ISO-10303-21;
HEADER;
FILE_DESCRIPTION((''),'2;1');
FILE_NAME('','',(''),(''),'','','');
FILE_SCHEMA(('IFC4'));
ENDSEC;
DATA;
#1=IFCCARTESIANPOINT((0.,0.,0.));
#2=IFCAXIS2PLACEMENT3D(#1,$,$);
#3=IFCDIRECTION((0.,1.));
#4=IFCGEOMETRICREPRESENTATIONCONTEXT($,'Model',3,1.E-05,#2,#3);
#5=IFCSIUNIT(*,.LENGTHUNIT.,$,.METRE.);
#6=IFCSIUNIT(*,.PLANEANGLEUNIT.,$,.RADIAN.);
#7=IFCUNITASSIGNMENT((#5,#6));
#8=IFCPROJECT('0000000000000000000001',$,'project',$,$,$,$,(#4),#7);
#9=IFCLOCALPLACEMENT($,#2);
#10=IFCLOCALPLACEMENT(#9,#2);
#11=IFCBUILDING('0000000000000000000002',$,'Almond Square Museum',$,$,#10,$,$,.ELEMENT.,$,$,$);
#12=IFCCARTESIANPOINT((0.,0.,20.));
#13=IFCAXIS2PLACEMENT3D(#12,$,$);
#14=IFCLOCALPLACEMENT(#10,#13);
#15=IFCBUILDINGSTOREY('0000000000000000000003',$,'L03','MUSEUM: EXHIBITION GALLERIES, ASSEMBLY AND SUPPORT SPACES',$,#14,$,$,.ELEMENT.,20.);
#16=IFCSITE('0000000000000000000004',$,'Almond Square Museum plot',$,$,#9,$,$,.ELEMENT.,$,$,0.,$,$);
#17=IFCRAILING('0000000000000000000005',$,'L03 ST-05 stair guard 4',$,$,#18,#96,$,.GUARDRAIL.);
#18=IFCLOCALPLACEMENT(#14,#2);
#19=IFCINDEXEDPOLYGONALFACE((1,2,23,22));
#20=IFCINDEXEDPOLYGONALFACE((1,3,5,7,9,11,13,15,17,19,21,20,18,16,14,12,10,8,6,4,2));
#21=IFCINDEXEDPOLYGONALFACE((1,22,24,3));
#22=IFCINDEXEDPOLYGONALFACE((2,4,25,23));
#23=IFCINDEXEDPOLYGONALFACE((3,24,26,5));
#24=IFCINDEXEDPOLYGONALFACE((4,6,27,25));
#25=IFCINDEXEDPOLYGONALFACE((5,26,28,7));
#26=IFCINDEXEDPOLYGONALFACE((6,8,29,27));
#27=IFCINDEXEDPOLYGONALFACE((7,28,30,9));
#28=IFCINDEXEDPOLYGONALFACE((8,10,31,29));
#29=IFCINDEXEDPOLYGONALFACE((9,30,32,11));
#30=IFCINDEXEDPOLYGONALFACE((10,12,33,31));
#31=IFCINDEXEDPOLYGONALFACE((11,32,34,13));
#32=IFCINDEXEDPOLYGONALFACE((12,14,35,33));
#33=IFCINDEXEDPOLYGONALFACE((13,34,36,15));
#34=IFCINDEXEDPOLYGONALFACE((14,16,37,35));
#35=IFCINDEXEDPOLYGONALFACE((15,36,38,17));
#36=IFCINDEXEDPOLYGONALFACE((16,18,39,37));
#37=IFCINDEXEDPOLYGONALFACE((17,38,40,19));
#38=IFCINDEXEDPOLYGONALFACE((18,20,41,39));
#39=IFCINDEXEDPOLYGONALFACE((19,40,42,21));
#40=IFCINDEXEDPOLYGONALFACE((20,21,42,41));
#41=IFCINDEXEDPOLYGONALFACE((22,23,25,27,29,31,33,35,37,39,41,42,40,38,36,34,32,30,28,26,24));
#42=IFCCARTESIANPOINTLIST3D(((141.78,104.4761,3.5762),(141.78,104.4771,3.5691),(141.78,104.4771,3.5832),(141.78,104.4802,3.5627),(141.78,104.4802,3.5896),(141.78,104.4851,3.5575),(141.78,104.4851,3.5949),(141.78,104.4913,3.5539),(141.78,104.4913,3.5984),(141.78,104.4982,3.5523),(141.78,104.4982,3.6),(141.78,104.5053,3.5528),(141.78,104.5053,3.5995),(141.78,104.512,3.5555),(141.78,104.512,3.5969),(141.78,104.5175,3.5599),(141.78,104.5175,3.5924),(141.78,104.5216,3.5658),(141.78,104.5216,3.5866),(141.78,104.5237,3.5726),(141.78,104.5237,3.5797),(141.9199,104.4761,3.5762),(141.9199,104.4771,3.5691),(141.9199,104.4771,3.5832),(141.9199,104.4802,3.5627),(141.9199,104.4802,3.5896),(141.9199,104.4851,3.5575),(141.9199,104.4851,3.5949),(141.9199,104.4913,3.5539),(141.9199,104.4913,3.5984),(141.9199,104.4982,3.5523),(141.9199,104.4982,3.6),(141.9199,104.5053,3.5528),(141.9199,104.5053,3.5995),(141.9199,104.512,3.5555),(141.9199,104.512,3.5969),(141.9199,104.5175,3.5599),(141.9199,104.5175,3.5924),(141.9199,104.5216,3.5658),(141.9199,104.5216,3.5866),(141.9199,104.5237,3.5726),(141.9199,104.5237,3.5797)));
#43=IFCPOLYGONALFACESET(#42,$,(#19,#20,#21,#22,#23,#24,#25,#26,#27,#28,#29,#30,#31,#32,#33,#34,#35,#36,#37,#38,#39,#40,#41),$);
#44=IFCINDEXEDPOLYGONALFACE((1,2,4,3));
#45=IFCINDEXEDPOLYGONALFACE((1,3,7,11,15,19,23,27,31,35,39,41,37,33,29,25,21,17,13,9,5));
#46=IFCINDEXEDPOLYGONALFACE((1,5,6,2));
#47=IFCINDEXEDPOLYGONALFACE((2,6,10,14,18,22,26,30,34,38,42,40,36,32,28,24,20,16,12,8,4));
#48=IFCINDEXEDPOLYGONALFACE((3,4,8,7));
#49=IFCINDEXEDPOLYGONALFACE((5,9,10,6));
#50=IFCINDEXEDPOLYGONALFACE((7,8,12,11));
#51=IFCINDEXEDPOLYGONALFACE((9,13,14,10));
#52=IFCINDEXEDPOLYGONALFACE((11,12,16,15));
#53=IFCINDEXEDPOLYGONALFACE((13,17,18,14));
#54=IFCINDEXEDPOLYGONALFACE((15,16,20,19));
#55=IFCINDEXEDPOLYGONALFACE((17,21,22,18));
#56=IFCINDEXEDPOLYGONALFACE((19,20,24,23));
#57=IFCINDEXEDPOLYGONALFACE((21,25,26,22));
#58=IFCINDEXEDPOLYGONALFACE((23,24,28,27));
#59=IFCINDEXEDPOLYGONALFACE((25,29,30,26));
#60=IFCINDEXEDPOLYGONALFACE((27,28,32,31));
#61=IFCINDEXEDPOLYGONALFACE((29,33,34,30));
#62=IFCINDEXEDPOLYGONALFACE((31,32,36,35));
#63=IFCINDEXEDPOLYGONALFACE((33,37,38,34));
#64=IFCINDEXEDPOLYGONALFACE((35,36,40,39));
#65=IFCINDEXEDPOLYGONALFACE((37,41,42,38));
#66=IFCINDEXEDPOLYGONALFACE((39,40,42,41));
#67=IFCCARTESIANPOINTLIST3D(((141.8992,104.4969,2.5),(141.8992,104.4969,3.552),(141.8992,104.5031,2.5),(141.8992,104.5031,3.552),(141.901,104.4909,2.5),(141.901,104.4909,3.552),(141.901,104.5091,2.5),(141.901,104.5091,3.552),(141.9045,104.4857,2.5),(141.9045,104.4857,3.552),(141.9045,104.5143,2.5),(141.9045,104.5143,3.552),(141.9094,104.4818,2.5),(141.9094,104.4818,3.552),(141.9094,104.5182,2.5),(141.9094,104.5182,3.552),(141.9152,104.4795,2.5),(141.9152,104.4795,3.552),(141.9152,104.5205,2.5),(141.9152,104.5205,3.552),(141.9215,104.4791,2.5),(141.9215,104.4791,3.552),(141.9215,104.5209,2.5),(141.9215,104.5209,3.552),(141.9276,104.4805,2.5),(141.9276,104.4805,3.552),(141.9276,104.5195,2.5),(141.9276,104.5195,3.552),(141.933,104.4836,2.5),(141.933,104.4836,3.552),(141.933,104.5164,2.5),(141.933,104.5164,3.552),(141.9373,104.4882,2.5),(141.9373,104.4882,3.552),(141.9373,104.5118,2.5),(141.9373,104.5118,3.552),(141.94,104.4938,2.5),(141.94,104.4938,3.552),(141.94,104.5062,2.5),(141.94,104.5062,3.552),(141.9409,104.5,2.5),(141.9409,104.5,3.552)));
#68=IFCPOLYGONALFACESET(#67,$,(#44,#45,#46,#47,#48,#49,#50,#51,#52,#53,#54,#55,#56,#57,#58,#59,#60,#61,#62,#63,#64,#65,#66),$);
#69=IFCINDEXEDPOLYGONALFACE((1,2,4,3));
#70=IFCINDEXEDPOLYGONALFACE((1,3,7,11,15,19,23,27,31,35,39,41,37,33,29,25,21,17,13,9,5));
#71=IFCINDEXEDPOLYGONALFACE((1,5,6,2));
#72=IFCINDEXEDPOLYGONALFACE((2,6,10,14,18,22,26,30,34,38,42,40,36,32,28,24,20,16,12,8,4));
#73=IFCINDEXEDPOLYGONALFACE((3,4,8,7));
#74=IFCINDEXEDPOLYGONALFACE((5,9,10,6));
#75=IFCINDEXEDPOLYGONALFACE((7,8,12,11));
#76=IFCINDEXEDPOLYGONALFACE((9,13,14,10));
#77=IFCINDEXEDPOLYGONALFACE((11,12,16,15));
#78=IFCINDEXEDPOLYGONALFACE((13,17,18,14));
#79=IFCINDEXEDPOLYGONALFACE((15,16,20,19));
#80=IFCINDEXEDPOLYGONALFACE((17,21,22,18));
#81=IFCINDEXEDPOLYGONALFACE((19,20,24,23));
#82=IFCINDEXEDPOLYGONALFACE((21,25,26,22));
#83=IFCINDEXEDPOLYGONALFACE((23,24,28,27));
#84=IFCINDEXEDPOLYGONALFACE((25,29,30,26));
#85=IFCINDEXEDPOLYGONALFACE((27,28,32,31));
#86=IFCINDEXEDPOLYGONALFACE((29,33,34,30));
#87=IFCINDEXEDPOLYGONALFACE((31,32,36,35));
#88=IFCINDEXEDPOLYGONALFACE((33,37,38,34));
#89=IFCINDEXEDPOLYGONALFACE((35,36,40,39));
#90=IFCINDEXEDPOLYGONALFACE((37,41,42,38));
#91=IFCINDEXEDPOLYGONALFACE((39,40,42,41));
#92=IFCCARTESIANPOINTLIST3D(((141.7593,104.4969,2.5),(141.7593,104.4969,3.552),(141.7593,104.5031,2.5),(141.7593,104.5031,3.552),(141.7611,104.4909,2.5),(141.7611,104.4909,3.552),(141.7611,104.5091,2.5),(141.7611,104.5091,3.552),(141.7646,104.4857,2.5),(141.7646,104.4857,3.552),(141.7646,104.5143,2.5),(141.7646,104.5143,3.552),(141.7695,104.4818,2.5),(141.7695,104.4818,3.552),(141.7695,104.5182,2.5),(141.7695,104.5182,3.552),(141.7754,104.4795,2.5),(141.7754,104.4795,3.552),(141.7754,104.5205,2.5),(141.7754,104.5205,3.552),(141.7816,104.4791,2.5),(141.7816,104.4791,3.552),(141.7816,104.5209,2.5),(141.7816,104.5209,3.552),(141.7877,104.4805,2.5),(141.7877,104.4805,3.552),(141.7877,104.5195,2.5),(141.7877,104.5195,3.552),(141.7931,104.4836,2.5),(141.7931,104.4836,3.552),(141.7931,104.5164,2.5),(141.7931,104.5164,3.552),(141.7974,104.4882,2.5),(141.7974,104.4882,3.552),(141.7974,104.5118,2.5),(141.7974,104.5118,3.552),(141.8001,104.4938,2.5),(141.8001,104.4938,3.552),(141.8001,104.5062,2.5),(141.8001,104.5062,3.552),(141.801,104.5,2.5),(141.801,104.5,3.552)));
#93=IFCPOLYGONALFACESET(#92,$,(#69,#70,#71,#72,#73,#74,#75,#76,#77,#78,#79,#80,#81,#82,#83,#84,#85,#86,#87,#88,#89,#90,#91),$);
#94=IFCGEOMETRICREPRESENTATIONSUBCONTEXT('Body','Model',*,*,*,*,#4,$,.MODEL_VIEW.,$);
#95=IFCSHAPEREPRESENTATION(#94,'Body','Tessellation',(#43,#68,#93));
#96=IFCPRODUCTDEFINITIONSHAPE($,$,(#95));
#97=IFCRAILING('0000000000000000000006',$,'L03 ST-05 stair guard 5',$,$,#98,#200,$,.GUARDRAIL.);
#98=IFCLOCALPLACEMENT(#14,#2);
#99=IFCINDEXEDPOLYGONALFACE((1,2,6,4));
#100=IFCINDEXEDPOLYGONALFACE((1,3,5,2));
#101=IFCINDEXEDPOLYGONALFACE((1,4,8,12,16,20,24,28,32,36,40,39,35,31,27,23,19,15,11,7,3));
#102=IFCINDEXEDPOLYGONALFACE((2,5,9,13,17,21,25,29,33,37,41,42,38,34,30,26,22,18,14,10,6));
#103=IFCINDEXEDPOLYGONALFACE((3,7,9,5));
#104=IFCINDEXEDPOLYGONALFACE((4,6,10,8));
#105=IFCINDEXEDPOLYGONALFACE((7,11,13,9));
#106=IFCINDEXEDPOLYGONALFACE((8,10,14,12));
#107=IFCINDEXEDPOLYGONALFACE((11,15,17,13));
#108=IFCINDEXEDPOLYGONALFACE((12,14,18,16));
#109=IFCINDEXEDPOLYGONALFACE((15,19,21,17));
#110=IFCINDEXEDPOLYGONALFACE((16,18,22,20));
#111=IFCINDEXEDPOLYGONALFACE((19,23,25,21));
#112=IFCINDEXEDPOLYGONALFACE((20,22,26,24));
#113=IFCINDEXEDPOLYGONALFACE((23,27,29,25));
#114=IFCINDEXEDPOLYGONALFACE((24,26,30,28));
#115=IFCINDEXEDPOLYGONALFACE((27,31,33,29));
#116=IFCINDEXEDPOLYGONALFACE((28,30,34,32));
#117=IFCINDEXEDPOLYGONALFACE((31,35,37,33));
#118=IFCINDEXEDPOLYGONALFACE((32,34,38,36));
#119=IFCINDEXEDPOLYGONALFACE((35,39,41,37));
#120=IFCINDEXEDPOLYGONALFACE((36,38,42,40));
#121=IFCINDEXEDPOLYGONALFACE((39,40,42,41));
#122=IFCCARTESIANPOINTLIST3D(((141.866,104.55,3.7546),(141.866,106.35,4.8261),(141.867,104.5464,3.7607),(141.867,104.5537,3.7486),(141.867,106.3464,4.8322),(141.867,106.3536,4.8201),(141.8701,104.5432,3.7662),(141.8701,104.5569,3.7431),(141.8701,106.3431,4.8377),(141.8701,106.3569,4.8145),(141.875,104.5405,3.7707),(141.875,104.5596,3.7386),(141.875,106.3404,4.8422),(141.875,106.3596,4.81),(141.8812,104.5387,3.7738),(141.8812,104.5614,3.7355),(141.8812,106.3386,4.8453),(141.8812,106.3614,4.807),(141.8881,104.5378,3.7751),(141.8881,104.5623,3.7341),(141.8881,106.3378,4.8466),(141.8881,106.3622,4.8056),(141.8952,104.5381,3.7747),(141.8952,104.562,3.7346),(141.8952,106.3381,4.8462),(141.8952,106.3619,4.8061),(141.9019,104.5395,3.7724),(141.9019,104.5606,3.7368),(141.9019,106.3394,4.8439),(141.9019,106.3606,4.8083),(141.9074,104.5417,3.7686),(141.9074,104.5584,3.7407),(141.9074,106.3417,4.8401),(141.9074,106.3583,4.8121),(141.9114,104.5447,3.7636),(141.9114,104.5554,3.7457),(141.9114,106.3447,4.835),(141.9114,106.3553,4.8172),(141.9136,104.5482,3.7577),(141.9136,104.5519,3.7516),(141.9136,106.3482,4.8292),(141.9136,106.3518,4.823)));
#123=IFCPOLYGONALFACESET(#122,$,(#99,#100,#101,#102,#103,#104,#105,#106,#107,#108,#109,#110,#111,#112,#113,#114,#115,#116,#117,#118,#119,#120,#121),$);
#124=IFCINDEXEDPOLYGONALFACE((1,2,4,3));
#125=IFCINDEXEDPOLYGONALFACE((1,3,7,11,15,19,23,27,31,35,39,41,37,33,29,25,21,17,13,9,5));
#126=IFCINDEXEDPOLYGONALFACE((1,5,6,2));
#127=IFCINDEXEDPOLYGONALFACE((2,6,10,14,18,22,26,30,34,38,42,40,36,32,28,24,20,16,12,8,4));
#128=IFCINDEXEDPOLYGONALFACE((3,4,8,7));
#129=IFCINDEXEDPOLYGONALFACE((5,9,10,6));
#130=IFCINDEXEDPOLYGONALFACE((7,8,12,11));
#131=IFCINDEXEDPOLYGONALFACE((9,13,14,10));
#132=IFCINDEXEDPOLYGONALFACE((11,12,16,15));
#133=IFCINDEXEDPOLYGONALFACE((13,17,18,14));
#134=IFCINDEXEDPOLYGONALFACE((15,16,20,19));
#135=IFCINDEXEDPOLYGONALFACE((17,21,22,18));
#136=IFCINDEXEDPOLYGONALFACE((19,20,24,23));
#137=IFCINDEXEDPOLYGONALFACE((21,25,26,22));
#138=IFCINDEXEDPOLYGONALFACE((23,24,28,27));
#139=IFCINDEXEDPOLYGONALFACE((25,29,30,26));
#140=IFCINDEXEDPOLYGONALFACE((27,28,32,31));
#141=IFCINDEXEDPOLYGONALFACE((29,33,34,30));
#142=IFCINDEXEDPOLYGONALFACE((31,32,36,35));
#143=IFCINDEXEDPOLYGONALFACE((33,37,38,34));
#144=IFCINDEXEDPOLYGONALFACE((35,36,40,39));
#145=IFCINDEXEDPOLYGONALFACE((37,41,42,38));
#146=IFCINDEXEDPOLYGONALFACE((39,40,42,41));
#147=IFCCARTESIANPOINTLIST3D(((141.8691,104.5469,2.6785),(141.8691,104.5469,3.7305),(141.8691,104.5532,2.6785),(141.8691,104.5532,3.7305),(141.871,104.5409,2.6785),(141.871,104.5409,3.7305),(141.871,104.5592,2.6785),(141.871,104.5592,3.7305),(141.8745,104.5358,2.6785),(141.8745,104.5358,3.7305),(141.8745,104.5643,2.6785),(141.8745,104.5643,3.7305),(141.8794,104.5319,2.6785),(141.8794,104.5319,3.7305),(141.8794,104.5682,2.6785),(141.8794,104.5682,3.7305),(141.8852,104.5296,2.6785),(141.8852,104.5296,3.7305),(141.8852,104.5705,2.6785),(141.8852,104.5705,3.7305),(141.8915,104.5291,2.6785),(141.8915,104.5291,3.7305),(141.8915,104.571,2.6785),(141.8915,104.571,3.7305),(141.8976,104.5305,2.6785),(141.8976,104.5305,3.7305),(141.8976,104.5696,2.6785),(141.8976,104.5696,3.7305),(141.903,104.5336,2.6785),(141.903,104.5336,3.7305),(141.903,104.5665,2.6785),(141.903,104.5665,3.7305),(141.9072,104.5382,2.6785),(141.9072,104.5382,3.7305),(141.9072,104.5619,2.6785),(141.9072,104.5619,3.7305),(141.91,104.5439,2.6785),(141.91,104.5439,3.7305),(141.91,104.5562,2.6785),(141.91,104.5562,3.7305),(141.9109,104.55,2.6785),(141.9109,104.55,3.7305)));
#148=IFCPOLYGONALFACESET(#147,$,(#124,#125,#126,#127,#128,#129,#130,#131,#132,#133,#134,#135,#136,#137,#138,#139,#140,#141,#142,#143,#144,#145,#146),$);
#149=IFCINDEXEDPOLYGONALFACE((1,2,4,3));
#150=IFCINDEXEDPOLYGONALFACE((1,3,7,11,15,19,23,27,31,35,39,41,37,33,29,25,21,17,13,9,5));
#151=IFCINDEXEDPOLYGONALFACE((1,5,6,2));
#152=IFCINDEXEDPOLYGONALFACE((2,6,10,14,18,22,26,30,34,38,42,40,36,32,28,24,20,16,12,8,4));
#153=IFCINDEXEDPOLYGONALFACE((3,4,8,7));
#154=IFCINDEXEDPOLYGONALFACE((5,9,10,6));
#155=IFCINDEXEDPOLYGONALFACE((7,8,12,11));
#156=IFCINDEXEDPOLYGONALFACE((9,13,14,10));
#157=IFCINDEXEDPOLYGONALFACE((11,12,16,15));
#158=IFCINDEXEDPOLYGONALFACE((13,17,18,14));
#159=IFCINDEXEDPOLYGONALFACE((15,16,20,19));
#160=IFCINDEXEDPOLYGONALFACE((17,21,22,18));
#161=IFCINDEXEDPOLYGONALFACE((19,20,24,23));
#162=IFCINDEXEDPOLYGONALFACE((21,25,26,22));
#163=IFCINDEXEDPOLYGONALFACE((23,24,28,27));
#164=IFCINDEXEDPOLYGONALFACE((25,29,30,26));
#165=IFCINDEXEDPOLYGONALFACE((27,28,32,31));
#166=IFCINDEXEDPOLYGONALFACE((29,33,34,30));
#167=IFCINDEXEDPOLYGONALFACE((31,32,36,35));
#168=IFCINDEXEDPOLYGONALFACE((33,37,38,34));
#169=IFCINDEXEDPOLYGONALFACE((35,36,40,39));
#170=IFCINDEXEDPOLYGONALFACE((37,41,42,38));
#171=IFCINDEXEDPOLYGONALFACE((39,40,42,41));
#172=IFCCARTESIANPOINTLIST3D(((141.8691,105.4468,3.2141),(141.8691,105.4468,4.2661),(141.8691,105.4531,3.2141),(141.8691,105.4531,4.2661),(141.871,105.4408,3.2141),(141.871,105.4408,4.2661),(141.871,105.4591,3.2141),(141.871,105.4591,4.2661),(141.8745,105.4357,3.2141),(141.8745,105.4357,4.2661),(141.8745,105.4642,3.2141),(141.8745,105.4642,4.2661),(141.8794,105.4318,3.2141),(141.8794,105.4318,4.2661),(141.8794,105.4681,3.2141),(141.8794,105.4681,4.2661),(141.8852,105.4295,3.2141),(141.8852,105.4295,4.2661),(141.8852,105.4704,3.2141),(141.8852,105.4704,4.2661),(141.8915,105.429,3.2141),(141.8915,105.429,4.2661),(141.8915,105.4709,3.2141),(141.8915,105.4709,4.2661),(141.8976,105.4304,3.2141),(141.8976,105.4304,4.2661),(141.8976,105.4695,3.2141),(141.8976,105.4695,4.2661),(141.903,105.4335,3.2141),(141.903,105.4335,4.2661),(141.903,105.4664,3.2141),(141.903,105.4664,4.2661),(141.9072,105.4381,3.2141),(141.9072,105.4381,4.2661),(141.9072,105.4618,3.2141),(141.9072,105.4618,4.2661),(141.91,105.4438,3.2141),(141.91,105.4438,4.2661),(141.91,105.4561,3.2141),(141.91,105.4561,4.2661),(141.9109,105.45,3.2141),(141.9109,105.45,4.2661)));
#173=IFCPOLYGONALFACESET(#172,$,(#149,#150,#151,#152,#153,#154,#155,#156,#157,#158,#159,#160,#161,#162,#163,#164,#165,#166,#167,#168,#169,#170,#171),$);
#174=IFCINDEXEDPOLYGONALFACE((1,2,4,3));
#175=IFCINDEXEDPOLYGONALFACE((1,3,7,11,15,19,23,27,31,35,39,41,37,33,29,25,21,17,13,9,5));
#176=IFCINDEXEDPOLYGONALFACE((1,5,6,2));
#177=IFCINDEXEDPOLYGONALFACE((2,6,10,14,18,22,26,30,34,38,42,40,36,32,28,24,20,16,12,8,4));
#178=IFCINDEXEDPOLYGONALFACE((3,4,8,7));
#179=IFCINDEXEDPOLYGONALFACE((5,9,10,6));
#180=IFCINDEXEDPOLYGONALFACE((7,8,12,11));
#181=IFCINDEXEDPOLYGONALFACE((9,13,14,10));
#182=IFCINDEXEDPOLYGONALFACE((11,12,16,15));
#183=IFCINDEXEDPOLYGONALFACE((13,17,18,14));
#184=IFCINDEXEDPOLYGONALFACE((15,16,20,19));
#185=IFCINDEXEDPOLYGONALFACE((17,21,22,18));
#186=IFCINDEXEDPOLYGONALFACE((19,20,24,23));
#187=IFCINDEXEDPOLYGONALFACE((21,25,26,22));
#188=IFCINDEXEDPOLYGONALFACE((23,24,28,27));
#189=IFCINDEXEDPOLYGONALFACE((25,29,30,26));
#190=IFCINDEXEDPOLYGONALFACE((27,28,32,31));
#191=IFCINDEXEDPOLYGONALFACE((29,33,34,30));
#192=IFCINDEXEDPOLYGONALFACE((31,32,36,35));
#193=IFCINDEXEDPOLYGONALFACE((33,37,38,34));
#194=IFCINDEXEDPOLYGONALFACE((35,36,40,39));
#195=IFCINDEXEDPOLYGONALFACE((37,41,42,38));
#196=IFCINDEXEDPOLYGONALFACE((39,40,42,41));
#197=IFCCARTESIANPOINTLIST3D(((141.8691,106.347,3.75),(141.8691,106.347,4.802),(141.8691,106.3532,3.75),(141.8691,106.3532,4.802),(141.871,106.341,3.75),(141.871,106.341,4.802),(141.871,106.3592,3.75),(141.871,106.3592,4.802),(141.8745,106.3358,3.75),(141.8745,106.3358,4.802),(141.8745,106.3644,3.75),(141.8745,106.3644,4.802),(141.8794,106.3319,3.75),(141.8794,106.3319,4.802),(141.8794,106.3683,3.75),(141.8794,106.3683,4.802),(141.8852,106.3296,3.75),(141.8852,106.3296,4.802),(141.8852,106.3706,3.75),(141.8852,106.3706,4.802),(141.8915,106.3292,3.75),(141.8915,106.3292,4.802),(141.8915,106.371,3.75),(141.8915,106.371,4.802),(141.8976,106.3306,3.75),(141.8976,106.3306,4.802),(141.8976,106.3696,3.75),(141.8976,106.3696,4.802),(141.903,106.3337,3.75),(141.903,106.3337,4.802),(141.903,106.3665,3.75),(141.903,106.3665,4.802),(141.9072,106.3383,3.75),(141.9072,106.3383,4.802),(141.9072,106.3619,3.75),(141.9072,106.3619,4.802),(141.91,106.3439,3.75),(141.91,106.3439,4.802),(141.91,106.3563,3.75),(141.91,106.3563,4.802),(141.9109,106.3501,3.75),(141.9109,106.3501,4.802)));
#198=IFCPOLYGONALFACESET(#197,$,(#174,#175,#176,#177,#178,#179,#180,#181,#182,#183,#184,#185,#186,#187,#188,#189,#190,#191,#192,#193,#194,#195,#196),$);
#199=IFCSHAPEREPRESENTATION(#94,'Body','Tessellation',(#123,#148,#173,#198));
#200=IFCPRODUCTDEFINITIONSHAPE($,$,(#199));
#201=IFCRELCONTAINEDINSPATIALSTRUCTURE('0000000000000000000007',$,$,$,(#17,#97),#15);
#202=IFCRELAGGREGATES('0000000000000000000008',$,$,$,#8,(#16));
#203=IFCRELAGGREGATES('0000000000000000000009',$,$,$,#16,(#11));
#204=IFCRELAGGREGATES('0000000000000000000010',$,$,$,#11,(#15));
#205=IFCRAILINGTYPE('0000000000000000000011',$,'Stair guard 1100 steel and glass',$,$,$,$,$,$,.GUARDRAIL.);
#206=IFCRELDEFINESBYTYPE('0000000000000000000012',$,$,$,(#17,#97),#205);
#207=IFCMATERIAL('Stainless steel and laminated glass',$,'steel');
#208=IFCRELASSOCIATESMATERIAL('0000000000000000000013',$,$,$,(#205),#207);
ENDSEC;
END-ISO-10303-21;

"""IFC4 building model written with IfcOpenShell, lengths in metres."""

from ifc_helpers import new_model, si_unit, direction, frame, origin, origin_2d, place, context, subcontext, project, spatial, circle, extrude, material, type_object, element, save


model = new_model("IFC4")

# Units and contexts
model_context = context("Model", 3, precision=1e-05, world=origin(), true_north=direction((0.0, 1.0)))
body_context = subcontext(model_context, "Body", "Model", "MODEL_VIEW")
ifc_project = project(units=[si_unit("LENGTHUNIT", "METRE"), si_unit("PLANEANGLEUNIT", "RADIAN")], contexts=[model_context])

# Site, building, storey
site_placement = place(None, origin())
site = spatial("IfcSite", under=ifc_project, at=site_placement, Name="Almond Square Museum plot", CompositionType="ELEMENT", RefElevation=0.0)
building_placement = place(site_placement, origin())
building = spatial("IfcBuilding", under=site, at=building_placement, Name="Almond Square Museum", CompositionType="ELEMENT")
storey_placement = place(building_placement, frame((0.0, 0.0, 20.0)))
storey = spatial("IfcBuildingStorey", under=building, at=storey_placement, Name="L03", Description="MUSEUM: EXHIBITION GALLERIES, ASSEMBLY AND SUPPORT SPACES", CompositionType="ELEMENT", Elevation=20.0)

# Railings
ifc_material_1 = material(Name="Stainless steel and laminated glass", Category="steel")
railing_type_1 = type_object("IfcRailingType", Name="Stair guard 1100 steel and glass", PredefinedType="GUARDRAIL", material=ifc_material_1)
railing_1_placement = place(storey_placement, frame((141.9199, 104.5, 2.5)))
element("IfcRailing", 1, at=railing_1_placement, inside=storey, type_object=railing_type_1, Name="L03 ST-05 stair guard 4", PredefinedType="GUARDRAIL", context=body_context, shape_type="SweptSolid", body=[
    extrude(circle(Radius=0.0239, at=origin_2d()), frame((0.0, 0.0, 1.0762), z_axis=(-1.0, 0.0, 0.0), x_axis=(0.0, -1.0, 0.0)), (0.0, 0.0, 1.0), 0.1399),
    extrude(circle(Radius=0.021, at=origin_2d()), origin(), (0.0, 0.0, 1.0), 1.052),
    extrude(circle(Radius=0.021, at=origin_2d()), frame((-0.1399, 0.0, 0.0)), (0.0, 0.0, 1.0), 1.052),
])
railing_2_placement = place(storey_placement, frame((141.8899, 104.55, 2.6785)))
element("IfcRailing", 2, at=railing_2_placement, inside=storey, type_object=railing_type_1, Name="L03 ST-05 stair guard 5", PredefinedType="GUARDRAIL", context=body_context, shape_type="SweptSolid", body=[
    extrude(circle(Radius=0.0239, at=origin_2d()), frame((0.0, 0.0, 1.0762), z_axis=(0.0, 0.859277, 0.51151), x_axis=(-1.0, 0.0, 0.0)), (0.0, 0.0, 1.0), 2.0947),
    extrude(circle(Radius=0.021, at=origin_2d()), origin(), (0.0, 0.0, 1.0), 1.052),
    extrude(circle(Radius=0.021, at=origin_2d()), frame((0.0, 0.8999, 0.5356)), (0.0, 0.0, 1.0), 1.052),
    extrude(circle(Radius=0.021, at=origin_2d()), frame((0.0, 1.8, 1.0715)), (0.0, 0.0, 1.0), 1.052),
])

save(model, "model.ifc")
